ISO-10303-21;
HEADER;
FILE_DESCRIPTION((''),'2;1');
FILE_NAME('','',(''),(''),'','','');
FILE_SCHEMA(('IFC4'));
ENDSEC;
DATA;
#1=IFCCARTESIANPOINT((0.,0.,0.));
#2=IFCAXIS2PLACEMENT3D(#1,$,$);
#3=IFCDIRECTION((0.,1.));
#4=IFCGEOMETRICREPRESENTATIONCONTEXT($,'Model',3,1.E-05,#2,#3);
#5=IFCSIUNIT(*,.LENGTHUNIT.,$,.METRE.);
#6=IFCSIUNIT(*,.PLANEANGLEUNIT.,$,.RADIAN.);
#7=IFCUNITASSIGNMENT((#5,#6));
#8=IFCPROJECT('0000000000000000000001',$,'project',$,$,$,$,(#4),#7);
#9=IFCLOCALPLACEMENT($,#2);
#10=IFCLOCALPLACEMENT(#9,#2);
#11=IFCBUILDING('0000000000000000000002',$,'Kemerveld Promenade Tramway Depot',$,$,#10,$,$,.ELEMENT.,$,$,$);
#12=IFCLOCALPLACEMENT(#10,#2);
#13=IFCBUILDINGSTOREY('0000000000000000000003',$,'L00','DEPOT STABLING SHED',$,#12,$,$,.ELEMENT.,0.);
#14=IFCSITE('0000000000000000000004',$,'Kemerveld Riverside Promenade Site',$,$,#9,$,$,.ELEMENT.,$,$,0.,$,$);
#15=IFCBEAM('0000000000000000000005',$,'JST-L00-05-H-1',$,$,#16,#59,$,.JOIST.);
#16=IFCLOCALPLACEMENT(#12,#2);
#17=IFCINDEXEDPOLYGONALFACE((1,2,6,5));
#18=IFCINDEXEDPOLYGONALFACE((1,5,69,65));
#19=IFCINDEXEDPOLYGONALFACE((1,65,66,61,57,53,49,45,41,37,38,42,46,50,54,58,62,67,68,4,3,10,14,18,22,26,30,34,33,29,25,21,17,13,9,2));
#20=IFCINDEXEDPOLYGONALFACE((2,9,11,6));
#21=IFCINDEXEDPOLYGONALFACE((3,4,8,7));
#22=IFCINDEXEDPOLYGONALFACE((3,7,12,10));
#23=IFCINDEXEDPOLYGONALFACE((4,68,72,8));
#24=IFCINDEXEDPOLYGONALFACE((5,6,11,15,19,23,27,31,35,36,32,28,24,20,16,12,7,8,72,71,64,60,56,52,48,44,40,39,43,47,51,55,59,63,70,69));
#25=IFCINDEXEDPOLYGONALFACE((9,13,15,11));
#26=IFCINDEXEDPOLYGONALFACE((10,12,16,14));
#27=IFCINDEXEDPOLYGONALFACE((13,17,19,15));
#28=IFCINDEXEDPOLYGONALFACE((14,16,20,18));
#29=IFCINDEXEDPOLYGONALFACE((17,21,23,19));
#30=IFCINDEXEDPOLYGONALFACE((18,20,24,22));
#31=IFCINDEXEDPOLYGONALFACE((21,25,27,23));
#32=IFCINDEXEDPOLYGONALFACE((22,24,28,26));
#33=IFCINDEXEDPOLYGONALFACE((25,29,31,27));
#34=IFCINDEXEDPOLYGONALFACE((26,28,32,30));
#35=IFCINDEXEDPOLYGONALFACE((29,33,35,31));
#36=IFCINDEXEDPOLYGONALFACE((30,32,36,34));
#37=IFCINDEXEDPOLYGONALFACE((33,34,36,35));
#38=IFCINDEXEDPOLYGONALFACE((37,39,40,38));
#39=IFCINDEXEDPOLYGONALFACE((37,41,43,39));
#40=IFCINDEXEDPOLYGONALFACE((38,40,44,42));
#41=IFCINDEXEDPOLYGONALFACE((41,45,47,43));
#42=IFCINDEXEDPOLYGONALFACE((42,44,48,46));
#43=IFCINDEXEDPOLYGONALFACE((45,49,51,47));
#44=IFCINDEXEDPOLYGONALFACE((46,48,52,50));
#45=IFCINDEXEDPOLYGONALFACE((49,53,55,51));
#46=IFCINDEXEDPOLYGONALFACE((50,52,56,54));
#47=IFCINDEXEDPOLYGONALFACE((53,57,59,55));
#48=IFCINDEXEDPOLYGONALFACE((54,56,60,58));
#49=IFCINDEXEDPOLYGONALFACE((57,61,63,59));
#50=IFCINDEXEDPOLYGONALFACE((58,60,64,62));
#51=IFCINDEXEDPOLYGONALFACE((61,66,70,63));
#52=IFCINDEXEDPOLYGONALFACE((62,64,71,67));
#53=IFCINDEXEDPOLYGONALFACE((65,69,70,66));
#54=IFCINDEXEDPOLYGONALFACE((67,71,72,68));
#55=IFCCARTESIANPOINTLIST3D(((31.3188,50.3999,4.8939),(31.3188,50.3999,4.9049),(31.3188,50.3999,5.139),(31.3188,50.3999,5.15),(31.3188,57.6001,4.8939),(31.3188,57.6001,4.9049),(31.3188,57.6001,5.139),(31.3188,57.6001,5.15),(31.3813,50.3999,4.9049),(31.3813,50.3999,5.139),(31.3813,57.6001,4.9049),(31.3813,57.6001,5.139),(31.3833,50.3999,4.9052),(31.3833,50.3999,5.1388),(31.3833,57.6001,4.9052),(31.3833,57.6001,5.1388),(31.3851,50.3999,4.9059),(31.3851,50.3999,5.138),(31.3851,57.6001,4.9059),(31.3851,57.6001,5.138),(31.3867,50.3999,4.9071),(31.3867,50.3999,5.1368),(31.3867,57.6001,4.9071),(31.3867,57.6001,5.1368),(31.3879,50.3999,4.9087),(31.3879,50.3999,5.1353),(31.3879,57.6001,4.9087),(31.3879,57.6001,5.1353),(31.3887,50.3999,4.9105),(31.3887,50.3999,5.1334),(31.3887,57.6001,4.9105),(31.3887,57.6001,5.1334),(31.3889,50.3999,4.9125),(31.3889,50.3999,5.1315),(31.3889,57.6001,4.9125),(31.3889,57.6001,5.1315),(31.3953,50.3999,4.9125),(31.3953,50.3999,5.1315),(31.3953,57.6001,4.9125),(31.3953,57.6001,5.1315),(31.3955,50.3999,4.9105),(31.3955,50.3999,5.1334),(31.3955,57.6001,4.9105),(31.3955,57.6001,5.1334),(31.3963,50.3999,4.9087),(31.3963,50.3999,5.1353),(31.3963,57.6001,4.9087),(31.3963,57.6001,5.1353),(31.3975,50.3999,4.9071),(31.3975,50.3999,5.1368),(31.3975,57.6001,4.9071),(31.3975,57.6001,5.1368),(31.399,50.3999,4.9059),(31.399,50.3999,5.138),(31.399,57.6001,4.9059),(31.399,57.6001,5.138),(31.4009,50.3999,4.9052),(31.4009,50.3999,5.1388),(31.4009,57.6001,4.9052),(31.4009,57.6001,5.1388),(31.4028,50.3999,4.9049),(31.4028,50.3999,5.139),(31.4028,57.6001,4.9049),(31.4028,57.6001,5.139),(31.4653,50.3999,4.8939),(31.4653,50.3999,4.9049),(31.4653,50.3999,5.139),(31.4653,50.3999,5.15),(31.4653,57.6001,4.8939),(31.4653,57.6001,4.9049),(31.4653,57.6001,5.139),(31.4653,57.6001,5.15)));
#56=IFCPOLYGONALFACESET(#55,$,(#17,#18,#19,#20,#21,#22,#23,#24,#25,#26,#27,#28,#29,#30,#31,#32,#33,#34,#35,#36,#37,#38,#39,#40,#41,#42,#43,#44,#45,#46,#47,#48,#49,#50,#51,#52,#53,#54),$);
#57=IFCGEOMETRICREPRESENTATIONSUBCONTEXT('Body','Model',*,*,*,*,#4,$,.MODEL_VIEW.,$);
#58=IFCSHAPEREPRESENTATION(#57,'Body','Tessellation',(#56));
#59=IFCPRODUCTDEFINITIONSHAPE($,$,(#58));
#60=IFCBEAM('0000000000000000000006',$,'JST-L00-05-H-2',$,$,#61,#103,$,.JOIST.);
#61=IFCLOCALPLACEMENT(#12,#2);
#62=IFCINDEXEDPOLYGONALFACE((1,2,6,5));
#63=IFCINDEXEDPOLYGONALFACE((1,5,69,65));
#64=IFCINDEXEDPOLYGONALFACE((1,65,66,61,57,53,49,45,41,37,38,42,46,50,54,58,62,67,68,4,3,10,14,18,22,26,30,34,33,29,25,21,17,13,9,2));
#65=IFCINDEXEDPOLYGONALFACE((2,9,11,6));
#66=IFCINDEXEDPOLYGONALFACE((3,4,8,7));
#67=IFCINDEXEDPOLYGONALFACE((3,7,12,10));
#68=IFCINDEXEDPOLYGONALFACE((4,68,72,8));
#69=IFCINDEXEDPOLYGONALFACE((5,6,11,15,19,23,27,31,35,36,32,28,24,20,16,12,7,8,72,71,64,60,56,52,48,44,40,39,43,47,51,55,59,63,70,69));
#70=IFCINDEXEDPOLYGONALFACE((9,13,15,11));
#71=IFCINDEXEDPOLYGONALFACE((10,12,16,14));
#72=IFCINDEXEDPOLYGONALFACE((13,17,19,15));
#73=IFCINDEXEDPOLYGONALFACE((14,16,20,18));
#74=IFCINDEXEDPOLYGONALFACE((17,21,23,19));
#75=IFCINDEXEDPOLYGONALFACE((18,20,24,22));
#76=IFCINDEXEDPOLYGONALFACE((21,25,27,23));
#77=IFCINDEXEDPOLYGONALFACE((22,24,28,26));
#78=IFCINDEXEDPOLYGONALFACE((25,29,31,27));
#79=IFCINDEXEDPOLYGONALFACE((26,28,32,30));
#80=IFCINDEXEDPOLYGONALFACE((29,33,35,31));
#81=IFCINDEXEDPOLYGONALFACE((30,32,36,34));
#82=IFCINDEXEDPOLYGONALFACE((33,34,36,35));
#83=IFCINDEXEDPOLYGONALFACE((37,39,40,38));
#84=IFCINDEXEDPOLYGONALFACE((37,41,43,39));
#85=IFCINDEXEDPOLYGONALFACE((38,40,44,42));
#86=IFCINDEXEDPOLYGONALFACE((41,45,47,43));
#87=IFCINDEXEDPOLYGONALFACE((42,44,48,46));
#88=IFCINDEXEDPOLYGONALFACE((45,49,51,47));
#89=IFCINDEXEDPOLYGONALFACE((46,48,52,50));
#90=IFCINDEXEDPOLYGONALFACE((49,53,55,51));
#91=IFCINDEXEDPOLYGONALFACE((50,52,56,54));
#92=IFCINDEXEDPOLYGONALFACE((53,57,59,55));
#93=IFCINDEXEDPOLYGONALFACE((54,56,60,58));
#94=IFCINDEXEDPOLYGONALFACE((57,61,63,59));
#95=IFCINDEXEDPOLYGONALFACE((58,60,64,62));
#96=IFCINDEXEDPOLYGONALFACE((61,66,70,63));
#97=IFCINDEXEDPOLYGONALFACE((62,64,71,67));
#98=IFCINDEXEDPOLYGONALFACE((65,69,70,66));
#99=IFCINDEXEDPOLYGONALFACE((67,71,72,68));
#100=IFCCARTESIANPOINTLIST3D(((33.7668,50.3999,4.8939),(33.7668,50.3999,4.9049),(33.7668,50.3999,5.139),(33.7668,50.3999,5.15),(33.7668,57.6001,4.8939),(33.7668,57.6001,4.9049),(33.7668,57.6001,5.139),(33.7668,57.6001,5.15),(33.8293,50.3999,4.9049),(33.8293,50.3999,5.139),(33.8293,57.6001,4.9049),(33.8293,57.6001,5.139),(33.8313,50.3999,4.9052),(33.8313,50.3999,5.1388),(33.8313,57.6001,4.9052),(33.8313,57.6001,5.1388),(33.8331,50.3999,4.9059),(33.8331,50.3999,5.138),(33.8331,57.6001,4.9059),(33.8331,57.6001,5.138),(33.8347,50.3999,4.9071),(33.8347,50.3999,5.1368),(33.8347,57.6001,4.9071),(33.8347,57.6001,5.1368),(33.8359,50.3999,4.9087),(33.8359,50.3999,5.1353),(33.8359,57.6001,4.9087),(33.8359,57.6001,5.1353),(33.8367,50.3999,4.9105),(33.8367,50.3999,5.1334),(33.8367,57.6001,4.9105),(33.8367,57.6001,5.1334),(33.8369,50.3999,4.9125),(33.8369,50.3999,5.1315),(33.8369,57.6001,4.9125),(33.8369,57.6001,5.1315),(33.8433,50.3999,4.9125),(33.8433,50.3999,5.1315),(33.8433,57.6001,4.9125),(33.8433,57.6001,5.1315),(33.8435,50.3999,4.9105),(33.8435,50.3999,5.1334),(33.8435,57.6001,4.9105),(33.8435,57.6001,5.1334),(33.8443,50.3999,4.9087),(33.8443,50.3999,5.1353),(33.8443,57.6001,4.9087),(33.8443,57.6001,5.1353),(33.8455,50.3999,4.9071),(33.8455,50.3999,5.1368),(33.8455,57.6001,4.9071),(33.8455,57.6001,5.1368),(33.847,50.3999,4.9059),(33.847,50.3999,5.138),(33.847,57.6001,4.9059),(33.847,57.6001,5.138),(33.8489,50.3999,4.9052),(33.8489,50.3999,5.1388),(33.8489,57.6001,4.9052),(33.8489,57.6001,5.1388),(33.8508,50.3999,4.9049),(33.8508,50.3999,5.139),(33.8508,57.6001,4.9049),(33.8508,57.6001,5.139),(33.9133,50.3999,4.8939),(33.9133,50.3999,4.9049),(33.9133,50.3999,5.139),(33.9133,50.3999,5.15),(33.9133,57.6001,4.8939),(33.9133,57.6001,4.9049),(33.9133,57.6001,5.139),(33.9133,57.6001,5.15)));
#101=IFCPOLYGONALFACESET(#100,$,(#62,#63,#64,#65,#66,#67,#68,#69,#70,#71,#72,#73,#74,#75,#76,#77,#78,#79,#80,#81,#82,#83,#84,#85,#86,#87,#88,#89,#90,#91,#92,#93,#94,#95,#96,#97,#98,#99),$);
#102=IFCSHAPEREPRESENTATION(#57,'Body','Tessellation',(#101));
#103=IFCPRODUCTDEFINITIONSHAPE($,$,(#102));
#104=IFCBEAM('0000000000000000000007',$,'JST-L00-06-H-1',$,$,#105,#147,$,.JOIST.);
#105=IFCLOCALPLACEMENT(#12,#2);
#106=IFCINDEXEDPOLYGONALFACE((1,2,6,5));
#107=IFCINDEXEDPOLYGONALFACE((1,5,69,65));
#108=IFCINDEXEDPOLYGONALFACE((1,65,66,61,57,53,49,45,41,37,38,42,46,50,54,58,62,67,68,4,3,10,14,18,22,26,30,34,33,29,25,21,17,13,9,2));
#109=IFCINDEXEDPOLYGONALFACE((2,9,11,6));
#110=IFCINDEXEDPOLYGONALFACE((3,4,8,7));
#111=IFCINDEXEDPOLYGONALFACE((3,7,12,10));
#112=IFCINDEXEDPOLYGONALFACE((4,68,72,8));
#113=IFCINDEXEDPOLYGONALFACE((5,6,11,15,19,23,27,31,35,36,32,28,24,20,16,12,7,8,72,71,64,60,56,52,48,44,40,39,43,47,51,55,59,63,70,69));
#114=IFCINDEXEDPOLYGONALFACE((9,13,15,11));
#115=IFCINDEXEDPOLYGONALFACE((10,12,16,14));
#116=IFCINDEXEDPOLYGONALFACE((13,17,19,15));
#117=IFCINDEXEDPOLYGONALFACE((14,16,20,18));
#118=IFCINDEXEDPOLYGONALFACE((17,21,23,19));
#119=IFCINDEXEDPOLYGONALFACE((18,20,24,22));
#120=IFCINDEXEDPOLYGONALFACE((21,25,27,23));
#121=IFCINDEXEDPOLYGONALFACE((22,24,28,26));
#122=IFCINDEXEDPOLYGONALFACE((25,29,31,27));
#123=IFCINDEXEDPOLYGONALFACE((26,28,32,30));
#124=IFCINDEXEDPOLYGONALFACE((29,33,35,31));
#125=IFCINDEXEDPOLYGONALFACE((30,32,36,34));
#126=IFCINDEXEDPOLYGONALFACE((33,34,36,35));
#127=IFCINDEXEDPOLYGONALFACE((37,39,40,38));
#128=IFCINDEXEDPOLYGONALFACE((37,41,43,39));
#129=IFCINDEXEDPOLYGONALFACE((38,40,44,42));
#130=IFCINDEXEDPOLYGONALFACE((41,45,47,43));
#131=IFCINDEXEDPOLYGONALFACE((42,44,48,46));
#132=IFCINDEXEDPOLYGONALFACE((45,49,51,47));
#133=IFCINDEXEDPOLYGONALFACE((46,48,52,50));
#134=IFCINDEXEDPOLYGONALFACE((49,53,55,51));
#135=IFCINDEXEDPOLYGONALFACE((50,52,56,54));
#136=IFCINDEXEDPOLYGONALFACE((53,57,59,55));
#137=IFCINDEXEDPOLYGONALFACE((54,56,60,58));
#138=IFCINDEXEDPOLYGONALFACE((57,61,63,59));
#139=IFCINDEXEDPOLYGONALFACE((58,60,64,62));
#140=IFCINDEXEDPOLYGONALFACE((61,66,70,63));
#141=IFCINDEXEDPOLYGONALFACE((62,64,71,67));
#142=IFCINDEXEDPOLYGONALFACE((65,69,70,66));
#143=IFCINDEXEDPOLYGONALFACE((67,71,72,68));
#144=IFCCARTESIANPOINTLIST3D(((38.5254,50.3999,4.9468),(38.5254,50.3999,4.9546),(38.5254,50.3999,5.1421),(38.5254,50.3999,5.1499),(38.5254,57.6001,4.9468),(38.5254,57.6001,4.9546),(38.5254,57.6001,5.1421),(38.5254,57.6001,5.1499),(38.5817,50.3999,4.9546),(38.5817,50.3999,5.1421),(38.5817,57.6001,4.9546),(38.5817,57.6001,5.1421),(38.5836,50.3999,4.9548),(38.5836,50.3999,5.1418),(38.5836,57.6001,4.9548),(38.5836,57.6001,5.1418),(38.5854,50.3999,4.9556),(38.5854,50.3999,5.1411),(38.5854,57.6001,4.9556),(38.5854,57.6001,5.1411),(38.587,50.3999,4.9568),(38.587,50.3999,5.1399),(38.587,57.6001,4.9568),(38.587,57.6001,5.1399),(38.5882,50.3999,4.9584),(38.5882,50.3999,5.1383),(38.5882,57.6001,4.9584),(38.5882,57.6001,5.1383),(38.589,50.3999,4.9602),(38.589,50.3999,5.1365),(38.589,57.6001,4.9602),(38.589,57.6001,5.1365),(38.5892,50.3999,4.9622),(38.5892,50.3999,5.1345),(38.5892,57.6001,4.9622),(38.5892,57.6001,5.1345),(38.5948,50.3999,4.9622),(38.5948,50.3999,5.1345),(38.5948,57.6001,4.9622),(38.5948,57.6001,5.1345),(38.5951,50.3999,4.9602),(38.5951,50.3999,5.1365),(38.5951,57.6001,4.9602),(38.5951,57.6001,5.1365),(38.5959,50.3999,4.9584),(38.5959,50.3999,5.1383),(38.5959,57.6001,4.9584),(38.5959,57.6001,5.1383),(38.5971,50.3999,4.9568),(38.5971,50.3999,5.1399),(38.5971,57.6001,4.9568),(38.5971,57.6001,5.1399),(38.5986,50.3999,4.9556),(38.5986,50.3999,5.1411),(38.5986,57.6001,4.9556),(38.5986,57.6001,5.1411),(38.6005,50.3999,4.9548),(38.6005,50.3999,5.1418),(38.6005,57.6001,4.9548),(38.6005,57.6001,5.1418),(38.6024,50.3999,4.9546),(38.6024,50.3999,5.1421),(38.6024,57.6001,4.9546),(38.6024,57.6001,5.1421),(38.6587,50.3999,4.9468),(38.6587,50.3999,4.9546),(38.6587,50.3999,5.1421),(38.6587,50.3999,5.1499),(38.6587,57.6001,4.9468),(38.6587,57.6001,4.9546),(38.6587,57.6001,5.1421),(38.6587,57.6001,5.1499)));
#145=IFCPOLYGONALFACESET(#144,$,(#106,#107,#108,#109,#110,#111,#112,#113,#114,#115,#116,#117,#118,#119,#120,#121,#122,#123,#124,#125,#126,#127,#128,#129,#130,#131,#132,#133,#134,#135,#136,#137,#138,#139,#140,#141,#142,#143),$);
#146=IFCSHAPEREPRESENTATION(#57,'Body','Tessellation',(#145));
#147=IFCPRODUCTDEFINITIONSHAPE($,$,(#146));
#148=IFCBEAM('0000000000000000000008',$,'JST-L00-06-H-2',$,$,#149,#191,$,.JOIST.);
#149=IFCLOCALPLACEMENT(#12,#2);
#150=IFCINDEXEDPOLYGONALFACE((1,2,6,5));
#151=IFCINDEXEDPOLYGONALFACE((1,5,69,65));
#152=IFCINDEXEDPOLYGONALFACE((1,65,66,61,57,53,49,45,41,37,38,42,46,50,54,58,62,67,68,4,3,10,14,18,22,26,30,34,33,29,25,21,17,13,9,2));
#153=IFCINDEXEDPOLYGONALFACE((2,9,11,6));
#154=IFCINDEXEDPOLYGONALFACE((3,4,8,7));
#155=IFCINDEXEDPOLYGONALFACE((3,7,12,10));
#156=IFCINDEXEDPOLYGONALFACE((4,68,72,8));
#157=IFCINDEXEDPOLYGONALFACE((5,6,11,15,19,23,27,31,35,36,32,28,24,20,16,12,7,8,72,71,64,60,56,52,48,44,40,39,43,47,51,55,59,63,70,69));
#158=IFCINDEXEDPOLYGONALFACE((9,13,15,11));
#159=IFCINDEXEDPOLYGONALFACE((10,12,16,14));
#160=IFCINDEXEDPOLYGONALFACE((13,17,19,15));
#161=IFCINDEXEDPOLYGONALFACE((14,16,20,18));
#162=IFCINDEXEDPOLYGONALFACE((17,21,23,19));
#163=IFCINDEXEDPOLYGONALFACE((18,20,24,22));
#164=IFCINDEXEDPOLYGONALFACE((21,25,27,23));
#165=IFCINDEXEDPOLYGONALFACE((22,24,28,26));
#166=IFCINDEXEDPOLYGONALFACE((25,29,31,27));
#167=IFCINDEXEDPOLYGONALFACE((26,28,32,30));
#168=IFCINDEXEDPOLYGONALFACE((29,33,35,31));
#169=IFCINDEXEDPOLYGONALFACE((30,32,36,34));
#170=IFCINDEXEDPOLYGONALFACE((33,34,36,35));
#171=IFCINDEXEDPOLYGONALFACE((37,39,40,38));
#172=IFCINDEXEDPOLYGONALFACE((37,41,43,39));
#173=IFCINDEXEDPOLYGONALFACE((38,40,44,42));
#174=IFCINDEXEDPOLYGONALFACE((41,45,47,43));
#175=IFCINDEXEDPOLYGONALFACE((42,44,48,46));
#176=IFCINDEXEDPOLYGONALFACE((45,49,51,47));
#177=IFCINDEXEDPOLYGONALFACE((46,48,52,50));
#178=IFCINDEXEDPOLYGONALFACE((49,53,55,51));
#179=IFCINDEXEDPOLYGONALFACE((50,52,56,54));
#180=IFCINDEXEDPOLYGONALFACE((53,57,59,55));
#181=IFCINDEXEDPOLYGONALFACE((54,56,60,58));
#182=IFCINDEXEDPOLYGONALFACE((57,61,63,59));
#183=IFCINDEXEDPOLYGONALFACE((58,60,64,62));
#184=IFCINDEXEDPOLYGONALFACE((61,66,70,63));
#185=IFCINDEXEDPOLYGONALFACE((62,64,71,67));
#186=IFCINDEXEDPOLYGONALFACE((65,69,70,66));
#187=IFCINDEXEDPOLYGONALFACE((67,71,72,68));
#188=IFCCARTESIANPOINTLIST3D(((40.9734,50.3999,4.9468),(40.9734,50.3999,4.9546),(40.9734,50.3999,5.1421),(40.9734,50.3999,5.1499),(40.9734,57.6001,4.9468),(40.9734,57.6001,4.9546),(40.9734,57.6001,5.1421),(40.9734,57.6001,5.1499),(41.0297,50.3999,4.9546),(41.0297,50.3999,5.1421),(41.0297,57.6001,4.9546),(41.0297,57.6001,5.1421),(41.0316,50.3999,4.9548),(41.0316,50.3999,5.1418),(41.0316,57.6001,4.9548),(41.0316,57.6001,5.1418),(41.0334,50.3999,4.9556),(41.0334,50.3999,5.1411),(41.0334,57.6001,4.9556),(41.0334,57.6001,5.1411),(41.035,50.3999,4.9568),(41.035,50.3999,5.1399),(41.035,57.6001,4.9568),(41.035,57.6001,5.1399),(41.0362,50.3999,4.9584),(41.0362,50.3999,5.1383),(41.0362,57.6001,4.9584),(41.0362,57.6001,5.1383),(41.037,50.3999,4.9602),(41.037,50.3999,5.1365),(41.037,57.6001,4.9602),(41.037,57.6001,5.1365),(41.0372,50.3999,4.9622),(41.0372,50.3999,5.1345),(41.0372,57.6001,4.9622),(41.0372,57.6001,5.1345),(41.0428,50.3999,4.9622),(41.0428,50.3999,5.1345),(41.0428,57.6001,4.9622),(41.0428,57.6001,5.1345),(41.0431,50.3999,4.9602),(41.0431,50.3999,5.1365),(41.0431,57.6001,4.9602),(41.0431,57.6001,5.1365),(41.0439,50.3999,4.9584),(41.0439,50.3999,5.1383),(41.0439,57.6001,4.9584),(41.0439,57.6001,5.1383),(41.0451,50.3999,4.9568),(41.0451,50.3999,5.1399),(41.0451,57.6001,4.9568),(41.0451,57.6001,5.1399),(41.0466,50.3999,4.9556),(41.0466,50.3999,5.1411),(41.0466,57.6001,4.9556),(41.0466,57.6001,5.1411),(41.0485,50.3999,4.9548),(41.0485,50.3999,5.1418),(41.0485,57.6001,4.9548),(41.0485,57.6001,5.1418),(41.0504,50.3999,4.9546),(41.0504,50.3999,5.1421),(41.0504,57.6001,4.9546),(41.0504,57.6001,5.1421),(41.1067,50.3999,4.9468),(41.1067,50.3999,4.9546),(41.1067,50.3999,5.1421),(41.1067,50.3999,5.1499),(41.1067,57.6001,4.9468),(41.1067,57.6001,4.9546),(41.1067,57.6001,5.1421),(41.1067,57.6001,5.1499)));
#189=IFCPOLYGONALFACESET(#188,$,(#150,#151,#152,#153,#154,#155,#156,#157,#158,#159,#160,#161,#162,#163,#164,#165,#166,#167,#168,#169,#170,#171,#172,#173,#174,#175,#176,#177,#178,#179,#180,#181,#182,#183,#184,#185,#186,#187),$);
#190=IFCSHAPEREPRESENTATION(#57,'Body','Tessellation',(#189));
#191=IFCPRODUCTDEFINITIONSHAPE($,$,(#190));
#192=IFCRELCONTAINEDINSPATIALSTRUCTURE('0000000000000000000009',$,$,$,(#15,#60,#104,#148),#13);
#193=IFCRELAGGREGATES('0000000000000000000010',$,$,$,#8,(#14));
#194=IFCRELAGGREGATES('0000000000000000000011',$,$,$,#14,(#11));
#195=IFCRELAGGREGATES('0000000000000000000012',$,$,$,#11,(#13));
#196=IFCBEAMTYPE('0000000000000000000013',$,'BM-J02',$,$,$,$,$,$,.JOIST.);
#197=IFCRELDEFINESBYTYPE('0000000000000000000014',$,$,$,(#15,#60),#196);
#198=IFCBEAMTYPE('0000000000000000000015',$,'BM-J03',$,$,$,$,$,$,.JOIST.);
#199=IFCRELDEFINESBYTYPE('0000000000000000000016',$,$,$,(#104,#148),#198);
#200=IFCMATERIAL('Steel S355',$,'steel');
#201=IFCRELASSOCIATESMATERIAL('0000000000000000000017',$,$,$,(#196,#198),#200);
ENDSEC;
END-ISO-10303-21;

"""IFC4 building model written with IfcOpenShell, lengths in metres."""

from ifc_helpers import new_model, si_unit, direction, frame, origin, origin_2d, place, context, subcontext, project, spatial, i_section, extrude, material, material_profile, profile_set, type_object, element, save


model = new_model("IFC4")

# Units and contexts
model_context = context("Model", 3, precision=1e-05, world=origin(), true_north=direction((0.0, 1.0)))
body_context = subcontext(model_context, "Body", "Model", "MODEL_VIEW")
ifc_project = project(units=[si_unit("LENGTHUNIT", "METRE"), si_unit("PLANEANGLEUNIT", "RADIAN")], contexts=[model_context])

# Site, building, storey
site_placement = place(None, origin())
site = spatial("IfcSite", under=ifc_project, at=site_placement, Name="Kemerveld Riverside Promenade Site", CompositionType="ELEMENT", RefElevation=0.0)
building_placement = place(site_placement, origin())
building = spatial("IfcBuilding", under=site, at=building_placement, Name="Kemerveld Promenade Tramway Depot", CompositionType="ELEMENT")
storey_placement = place(building_placement, origin())
storey = spatial("IfcBuildingStorey", under=building, at=storey_placement, Name="L00", Description="DEPOT STABLING SHED", CompositionType="ELEMENT", Elevation=0.0)

# Shared definitions
ifc_material_1 = material(Name="Steel S355", Category="steel")

# Beams
ifc_material_profile_1 = material_profile(ifc_material_1, i_section(OverallWidth=0.1465, OverallDepth=0.2561, WebThickness=0.0063, FlangeThickness=0.011, FilletRadius=0.0076, at=origin_2d()), Name="254x146x37 UB")
ifc_profile_set_1 = profile_set([ifc_material_profile_1], Name="Steel S355")
beam_type_1 = type_object("IfcBeamType", Name="BM-J02", PredefinedType="JOIST", material=ifc_profile_set_1)
for number, where, z_axis, x_axis, name in (
    (1, (31.3921, 50.3999, 5.022), (0.0, 1.0, 0.0), (-1.0, 0.0, 0.0), "JST-L00-05-H-1"),
    (2, (33.8401, 50.3999, 5.022), (0.0, 1.0, 0.0), (-1.0, 0.0, 0.0), "JST-L00-05-H-2"),
):
    element("IfcBeam", number, at=place(storey_placement, frame(where, z_axis=z_axis, x_axis=x_axis)), inside=storey, type_object=beam_type_1, Name=name, PredefinedType="JOIST", context=body_context, shape_type="SweptSolid", body=[
        extrude(i_section(OverallWidth=0.1465, OverallDepth=0.2561, WebThickness=0.0063, FlangeThickness=0.011, FilletRadius=0.0076, at=origin_2d()), origin(), (0.0, 0.0, 1.0), 7.2002),
    ])
ifc_material_profile_2 = material_profile(ifc_material_1, i_section(OverallWidth=0.1333, OverallDepth=0.2031, WebThickness=0.0056, FlangeThickness=0.0078, FilletRadius=0.0076, at=origin_2d()), Name="203x133x25 UB")
ifc_profile_set_2 = profile_set([ifc_material_profile_2], Name="Steel S355")
beam_type_2 = type_object("IfcBeamType", Name="BM-J03", PredefinedType="JOIST", material=ifc_profile_set_2)
for number, where, z_axis, x_axis, name in (
    (3, (38.592, 50.3999, 5.0483), (0.0, 1.0, 0.0), (-1.0, 0.0, 0.0), "JST-L00-06-H-1"),
    (4, (41.04, 50.3999, 5.0483), (0.0, 1.0, 0.0), (-1.0, 0.0, 0.0), "JST-L00-06-H-2"),
):
    element("IfcBeam", number, at=place(storey_placement, frame(where, z_axis=z_axis, x_axis=x_axis)), inside=storey, type_object=beam_type_2, Name=name, PredefinedType="JOIST", context=body_context, shape_type="SweptSolid", body=[
        extrude(i_section(OverallWidth=0.1333, OverallDepth=0.2031, WebThickness=0.0056, FlangeThickness=0.0078, FilletRadius=0.0076, at=origin_2d()), origin(), (0.0, 0.0, 1.0), 7.2002),
    ])

save(model, "model.ifc")
